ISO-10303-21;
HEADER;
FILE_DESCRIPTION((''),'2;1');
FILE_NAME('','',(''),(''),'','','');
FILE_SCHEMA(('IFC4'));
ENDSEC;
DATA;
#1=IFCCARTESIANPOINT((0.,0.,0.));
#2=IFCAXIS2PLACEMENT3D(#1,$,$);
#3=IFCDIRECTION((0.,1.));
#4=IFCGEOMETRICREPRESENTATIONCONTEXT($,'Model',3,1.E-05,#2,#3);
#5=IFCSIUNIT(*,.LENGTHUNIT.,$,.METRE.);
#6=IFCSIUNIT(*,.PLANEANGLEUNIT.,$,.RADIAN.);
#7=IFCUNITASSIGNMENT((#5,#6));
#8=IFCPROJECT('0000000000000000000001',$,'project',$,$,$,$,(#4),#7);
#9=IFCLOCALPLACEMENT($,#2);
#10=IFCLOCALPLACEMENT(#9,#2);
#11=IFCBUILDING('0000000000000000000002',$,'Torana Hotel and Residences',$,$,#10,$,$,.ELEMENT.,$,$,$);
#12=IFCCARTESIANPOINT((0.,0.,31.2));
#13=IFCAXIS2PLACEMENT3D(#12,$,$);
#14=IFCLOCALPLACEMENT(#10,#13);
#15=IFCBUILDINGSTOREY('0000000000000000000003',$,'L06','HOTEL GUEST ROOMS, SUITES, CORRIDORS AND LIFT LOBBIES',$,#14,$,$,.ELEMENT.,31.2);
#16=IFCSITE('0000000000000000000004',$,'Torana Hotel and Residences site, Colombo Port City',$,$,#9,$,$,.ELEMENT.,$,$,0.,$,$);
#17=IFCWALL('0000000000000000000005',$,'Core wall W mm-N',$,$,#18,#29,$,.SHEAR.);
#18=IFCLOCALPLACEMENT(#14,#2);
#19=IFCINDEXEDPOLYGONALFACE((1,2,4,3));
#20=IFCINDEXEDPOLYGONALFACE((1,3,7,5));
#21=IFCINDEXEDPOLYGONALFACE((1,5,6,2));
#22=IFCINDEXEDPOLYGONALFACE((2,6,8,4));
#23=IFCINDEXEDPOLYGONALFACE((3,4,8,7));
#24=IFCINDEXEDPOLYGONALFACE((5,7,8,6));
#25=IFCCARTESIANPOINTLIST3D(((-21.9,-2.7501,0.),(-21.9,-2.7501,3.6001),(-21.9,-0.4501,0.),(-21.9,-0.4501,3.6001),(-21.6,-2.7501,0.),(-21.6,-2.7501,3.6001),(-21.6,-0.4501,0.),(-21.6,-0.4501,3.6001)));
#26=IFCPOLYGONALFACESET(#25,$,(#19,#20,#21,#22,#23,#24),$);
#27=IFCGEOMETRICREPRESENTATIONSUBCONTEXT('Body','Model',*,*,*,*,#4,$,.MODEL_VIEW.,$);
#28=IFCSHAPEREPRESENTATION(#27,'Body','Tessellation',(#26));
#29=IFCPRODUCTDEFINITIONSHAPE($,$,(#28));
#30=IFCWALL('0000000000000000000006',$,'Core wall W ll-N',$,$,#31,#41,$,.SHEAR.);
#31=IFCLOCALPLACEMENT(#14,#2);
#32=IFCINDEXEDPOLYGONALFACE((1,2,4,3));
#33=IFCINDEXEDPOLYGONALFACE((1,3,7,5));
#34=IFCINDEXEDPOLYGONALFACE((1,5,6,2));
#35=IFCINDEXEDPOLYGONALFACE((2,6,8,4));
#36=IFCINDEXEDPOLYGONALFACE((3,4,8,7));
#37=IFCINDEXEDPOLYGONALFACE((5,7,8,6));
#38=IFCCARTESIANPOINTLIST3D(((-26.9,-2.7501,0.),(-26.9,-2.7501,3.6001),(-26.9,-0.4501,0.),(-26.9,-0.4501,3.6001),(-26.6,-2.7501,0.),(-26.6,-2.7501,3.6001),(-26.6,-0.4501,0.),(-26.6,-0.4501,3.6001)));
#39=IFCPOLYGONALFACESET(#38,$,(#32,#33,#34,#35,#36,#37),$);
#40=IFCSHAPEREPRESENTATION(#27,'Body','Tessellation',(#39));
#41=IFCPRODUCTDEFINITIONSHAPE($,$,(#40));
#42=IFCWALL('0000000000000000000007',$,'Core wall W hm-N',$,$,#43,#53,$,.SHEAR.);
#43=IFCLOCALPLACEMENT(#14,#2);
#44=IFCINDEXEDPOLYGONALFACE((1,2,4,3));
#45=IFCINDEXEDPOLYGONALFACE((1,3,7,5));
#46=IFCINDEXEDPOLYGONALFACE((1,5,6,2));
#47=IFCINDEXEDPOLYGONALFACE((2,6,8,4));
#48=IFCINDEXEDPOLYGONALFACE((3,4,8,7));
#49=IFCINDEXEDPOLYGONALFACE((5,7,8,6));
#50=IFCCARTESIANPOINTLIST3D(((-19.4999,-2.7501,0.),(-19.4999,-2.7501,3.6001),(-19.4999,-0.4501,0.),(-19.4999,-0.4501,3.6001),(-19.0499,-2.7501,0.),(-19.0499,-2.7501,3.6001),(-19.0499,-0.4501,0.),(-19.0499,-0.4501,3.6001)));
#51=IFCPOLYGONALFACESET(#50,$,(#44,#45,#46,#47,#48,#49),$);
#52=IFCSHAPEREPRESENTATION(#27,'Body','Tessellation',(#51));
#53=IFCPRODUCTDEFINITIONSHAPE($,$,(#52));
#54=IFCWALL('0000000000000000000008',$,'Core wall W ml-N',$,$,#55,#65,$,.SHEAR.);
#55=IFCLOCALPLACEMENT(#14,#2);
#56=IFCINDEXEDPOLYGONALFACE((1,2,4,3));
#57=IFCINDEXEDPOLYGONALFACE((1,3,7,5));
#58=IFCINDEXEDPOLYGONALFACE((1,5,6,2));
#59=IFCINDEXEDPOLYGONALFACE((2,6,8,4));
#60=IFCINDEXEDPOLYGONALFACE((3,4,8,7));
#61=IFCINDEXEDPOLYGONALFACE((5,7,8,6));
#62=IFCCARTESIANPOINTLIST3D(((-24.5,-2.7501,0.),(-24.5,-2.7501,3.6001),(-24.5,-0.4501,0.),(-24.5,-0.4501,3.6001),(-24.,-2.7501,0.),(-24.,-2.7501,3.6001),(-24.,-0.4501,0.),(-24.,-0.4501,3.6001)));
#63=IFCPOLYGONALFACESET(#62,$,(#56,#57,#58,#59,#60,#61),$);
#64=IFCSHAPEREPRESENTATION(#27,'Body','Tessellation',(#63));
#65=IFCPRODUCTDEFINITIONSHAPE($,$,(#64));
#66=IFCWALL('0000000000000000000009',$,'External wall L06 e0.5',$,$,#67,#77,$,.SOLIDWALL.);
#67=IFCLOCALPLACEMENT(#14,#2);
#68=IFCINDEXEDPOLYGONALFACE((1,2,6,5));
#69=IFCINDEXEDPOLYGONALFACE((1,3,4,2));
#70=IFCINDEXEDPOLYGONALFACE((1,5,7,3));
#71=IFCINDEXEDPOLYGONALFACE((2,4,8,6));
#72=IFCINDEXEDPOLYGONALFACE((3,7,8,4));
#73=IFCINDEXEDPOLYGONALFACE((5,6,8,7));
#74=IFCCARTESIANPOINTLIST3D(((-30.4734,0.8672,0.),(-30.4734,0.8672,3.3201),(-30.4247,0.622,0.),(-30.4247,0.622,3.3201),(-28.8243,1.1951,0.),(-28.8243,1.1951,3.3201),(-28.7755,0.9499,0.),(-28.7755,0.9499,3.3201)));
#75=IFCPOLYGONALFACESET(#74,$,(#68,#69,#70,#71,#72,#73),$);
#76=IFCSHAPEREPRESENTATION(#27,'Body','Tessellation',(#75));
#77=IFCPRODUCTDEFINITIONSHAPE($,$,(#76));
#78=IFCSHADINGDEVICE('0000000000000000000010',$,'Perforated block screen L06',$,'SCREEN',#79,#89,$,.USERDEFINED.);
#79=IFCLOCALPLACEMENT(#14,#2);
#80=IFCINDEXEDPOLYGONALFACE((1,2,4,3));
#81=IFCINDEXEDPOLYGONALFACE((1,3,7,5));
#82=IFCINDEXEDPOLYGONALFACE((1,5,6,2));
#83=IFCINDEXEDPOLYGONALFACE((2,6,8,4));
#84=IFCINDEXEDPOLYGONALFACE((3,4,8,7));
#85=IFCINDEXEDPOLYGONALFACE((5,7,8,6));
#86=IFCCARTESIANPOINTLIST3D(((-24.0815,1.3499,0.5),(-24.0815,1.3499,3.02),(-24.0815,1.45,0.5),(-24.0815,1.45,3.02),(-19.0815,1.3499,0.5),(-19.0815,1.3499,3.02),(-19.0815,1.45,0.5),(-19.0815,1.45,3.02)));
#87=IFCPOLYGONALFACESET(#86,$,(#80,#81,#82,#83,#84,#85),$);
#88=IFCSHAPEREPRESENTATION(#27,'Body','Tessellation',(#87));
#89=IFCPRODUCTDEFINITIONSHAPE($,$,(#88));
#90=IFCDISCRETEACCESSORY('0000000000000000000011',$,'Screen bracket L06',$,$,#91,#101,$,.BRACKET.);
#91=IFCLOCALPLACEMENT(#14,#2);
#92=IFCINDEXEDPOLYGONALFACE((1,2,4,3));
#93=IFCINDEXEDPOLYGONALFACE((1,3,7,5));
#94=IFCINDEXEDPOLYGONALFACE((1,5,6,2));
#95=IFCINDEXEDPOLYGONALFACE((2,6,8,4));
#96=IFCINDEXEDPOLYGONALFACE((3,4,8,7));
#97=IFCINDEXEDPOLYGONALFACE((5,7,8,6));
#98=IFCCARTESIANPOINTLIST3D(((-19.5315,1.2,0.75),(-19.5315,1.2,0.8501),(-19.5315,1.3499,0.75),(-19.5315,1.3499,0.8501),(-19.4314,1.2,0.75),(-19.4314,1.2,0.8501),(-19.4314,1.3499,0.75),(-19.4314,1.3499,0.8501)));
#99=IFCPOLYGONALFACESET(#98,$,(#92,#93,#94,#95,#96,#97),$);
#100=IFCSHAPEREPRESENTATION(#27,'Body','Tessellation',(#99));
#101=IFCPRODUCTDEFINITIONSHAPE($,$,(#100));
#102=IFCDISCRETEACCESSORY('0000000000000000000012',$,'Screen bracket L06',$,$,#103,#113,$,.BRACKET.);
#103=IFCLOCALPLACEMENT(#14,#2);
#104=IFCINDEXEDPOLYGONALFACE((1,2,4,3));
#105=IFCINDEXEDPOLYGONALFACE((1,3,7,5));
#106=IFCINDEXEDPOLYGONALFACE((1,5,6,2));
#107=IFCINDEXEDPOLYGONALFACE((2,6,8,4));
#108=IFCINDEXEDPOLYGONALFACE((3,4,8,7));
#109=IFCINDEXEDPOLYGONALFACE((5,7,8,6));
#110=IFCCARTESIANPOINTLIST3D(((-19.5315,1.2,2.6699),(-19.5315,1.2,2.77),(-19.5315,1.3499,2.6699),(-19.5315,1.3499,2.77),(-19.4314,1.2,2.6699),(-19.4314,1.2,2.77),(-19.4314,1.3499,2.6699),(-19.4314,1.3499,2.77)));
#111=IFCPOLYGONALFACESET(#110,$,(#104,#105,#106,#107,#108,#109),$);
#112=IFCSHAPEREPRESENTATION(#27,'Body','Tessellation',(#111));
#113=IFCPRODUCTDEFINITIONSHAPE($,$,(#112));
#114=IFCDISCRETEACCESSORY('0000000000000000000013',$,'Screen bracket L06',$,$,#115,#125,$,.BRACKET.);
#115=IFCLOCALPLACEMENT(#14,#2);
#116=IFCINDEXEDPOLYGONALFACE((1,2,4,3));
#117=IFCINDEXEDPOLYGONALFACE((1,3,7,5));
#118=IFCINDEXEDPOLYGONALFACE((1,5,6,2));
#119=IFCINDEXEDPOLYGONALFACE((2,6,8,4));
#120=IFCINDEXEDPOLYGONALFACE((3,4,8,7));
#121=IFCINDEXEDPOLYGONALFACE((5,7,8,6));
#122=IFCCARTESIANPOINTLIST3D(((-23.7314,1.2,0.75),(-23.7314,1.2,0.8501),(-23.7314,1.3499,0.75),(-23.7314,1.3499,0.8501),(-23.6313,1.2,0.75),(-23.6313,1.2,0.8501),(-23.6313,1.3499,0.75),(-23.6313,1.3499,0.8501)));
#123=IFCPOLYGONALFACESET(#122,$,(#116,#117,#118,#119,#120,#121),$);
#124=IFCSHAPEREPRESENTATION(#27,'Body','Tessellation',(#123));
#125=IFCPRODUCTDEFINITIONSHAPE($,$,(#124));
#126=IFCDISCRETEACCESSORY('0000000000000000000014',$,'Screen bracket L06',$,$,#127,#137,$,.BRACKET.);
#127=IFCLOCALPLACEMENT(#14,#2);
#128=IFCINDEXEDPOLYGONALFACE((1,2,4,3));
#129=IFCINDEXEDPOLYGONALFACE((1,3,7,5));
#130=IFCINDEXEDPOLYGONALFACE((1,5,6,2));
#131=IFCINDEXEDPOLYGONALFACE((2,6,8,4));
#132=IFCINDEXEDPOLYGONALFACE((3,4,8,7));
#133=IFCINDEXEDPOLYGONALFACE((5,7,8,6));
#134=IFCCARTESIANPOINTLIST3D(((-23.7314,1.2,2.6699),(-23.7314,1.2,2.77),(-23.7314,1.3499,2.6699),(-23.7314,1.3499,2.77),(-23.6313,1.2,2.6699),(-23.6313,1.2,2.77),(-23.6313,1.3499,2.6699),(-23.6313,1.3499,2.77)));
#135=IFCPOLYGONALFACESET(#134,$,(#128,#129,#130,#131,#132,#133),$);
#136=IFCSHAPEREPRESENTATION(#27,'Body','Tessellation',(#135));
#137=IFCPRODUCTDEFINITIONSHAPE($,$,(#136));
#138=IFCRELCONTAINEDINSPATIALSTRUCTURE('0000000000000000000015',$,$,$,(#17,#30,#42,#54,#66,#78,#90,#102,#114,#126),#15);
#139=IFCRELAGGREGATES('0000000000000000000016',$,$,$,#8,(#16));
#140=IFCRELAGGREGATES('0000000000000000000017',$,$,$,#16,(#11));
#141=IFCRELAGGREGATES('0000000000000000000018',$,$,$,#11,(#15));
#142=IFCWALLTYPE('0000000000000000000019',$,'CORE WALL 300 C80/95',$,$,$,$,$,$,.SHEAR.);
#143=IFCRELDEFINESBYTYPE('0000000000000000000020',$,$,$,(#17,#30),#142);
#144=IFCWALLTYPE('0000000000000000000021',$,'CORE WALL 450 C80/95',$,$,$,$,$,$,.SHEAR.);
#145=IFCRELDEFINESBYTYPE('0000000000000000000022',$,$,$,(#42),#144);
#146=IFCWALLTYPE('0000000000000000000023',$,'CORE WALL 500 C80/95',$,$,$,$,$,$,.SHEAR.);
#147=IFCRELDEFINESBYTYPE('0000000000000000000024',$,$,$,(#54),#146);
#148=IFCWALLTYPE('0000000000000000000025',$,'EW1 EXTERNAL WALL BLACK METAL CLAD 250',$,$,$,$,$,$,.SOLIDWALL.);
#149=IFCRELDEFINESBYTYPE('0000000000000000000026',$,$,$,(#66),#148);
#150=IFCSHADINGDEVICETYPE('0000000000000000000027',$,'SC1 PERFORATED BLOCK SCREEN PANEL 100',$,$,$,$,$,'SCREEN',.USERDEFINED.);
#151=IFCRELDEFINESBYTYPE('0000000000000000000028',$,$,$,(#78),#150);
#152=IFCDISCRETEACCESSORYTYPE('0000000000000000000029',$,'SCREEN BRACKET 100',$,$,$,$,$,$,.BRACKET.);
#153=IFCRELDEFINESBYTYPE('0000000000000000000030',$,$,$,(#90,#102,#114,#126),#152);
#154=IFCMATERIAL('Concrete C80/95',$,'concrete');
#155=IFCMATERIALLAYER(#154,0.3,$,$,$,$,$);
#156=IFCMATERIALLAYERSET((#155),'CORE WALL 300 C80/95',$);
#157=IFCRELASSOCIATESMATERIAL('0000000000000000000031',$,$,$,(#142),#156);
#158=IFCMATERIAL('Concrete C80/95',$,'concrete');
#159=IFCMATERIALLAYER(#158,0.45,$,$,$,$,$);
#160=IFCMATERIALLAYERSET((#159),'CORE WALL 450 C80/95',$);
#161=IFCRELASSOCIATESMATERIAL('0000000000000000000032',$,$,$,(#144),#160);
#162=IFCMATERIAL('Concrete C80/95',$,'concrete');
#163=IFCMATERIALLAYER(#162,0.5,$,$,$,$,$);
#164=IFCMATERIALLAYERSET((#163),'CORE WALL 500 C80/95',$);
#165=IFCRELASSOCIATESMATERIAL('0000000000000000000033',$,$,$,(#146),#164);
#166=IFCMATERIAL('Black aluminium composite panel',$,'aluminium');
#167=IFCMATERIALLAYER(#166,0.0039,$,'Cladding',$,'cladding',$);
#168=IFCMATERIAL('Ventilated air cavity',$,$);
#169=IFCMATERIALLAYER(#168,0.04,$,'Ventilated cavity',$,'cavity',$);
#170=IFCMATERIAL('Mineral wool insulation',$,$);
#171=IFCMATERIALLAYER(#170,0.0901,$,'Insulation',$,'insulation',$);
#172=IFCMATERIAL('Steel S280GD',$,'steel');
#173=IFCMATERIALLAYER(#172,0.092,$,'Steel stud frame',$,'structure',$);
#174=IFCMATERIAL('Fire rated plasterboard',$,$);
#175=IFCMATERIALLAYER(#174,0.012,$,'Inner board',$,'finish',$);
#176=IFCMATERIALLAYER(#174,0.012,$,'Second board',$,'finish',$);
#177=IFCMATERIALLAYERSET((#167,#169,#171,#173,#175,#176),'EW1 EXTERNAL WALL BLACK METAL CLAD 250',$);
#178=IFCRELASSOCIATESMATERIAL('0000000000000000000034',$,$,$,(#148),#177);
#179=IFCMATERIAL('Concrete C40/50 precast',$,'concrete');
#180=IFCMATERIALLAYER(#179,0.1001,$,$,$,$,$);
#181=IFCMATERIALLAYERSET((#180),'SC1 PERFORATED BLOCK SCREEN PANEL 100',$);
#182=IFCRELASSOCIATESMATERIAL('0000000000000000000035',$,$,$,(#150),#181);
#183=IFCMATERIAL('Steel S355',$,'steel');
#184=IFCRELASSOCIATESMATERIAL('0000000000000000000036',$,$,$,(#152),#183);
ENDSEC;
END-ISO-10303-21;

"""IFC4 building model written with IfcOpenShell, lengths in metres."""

from ifc_helpers import new_model, si_unit, direction, frame, frame_2d, origin, origin_2d, place, context, subcontext, project, spatial, rectangle, extrude, material, layer, layer_set, type_object, element, save


model = new_model("IFC4")

# Units and contexts
model_context = context("Model", 3, precision=1e-05, world=origin(), true_north=direction((0.0, 1.0)))
body_context = subcontext(model_context, "Body", "Model", "MODEL_VIEW")
ifc_project = project(units=[si_unit("LENGTHUNIT", "METRE"), si_unit("PLANEANGLEUNIT", "RADIAN")], contexts=[model_context])

# Site, building, storey
site_placement = place(None, origin())
site = spatial("IfcSite", under=ifc_project, at=site_placement, Name="Torana Hotel and Residences site, Colombo Port City", CompositionType="ELEMENT", RefElevation=0.0)
building_placement = place(site_placement, origin())
building = spatial("IfcBuilding", under=site, at=building_placement, Name="Torana Hotel and Residences", CompositionType="ELEMENT")
storey_placement = place(building_placement, frame((0.0, 0.0, 31.2)))
storey = spatial("IfcBuildingStorey", under=building, at=storey_placement, Name="L06", Description="HOTEL GUEST ROOMS, SUITES, CORRIDORS AND LIFT LOBBIES", CompositionType="ELEMENT", Elevation=31.2)

# Walls
ifc_material_1 = material(Name="Concrete C80/95", Category="concrete")
ifc_layer_1 = layer(ifc_material_1, 0.3)
ifc_layer_set_1 = layer_set([ifc_layer_1], Name="CORE WALL 300 C80/95")
wall_type_1 = type_object("IfcWallType", Name="CORE WALL 300 C80/95", PredefinedType="SHEAR", material=ifc_layer_set_1)
for number, where, z_axis, x_axis, name in (
    (1, (-21.75, -2.75, 0.0), (0.0, 0.0, 1.0), (0.0, 1.0, 0.0), "Core wall W mm-N"),
    (2, (-26.75, -2.75, 0.0), (0.0, 0.0, 1.0), (0.0, 1.0, 0.0), "Core wall W ll-N"),
):
    element("IfcWall", number, at=place(storey_placement, frame(where, z_axis=z_axis, x_axis=x_axis)), inside=storey, type_object=wall_type_1, Name=name, PredefinedType="SHEAR", context=body_context, shape_type="SweptSolid", body=[
        extrude(rectangle(XDim=2.3, YDim=0.3, at=frame_2d((1.1499, 0.0))), origin(), (0.0, 0.0, 1.0), 3.6001),
    ])
ifc_material_2 = material(Name="Concrete C80/95", Category="concrete")
ifc_layer_2 = layer(ifc_material_2, 0.45)
ifc_layer_set_2 = layer_set([ifc_layer_2], Name="CORE WALL 450 C80/95")
wall_type_2 = type_object("IfcWallType", Name="CORE WALL 450 C80/95", PredefinedType="SHEAR", material=ifc_layer_set_2)
wall_1_placement = place(storey_placement, frame((-19.2749, -2.75, 0.0), z_axis=(0.0, 0.0, 1.0), x_axis=(0.0, 1.0, 0.0)))
element("IfcWall", 3, at=wall_1_placement, inside=storey, type_object=wall_type_2, Name="Core wall W hm-N", PredefinedType="SHEAR", context=body_context, shape_type="SweptSolid", body=[
    extrude(rectangle(XDim=2.3, YDim=0.45, at=frame_2d((1.1499, 0.0))), origin(), (0.0, 0.0, 1.0), 3.6001),
])
ifc_material_3 = material(Name="Concrete C80/95", Category="concrete")
ifc_layer_3 = layer(ifc_material_3, 0.5)
ifc_layer_set_3 = layer_set([ifc_layer_3], Name="CORE WALL 500 C80/95")
wall_type_3 = type_object("IfcWallType", Name="CORE WALL 500 C80/95", PredefinedType="SHEAR", material=ifc_layer_set_3)
wall_2_placement = place(storey_placement, frame((-24.25, -2.75, 0.0), z_axis=(0.0, 0.0, 1.0), x_axis=(0.0, 1.0, 0.0)))
element("IfcWall", 4, at=wall_2_placement, inside=storey, type_object=wall_type_3, Name="Core wall W ml-N", PredefinedType="SHEAR", context=body_context, shape_type="SweptSolid", body=[
    extrude(rectangle(XDim=2.3, YDim=0.5, at=frame_2d((1.1499, 0.0))), origin(), (0.0, 0.0, 1.0), 3.6001),
])
ifc_material_4 = material(Name="Black aluminium composite panel", Category="aluminium")
ifc_layer_4 = layer(ifc_material_4, 0.0039, Name="Cladding", Category="cladding")
ifc_material_5 = material(Name="Ventilated air cavity")
ifc_layer_5 = layer(ifc_material_5, 0.04, Name="Ventilated cavity", Category="cavity")
ifc_material_6 = material(Name="Mineral wool insulation")
ifc_layer_6 = layer(ifc_material_6, 0.0901, Name="Insulation", Category="insulation")
ifc_material_7 = material(Name="Steel S280GD", Category="steel")
ifc_layer_7 = layer(ifc_material_7, 0.092, Name="Steel stud frame", Category="structure")
ifc_material_8 = material(Name="Fire rated plasterboard")
ifc_layer_8 = layer(ifc_material_8, 0.012, Name="Inner board", Category="finish")
ifc_layer_9 = layer(ifc_material_8, 0.012, Name="Second board", Category="finish")
ifc_layer_set_4 = layer_set([ifc_layer_4, ifc_layer_5, ifc_layer_6, ifc_layer_7, ifc_layer_8, ifc_layer_9], Name="EW1 EXTERNAL WALL BLACK METAL CLAD 250")
wall_type_4 = type_object("IfcWallType", Name="EW1 EXTERNAL WALL BLACK METAL CLAD 250", PredefinedType="SOLIDWALL", material=ifc_layer_set_4)
wall_3_placement = place(storey_placement, frame((-28.7998, 1.0725, 0.0), z_axis=(0.0, 0.0, 1.0), x_axis=(-0.980803, -0.194999, 0.0)))
element("IfcWall", 5, at=wall_3_placement, inside=storey, type_object=wall_type_4, Name="External wall L06 e0.5", PredefinedType="SOLIDWALL", context=body_context, shape_type="SweptSolid", body=[
    extrude(rectangle(XDim=1.6814, YDim=0.25, at=frame_2d((0.8408, 0.0))), origin(), (0.0, 0.0, 1.0), 3.3201),
])

# Shading device
ifc_material_9 = material(Name="Concrete C40/50 precast", Category="concrete")
ifc_layer_10 = layer(ifc_material_9, 0.1001)
ifc_layer_set_5 = layer_set([ifc_layer_10], Name="SC1 PERFORATED BLOCK SCREEN PANEL 100")
shading_device_type = type_object("IfcShadingDeviceType", Name="SC1 PERFORATED BLOCK SCREEN PANEL 100", ElementType="SCREEN", PredefinedType="USERDEFINED", material=ifc_layer_set_5)
shading_device_placement = place(storey_placement, frame((-21.5815, 1.3999, 0.5), z_axis=(0.0, 0.0, 1.0), x_axis=(-1.0, 0.0, 0.0)))
element("IfcShadingDevice", 6, at=shading_device_placement, inside=storey, type_object=shading_device_type, Name="Perforated block screen L06", ObjectType="SCREEN", PredefinedType="USERDEFINED", context=body_context, shape_type="SweptSolid", body=[
    extrude(rectangle(XDim=5.0, YDim=0.1001, at=origin_2d()), origin(), (0.0, 0.0, 1.0), 2.52),
])

# Discrete accessories
ifc_material_10 = material(Name="Steel S355", Category="steel")
discrete_accessory_type = type_object("IfcDiscreteAccessoryType", Name="SCREEN BRACKET 100", PredefinedType="BRACKET", material=ifc_material_10)
for number, where, z_axis, x_axis, name in (
    (7, (-19.4814, 1.2749, 0.75), (0.0, 0.0, 1.0), (-1.0, 0.0, 0.0), "Screen bracket L06"),
    (8, (-19.4814, 1.2749, 2.6699), (0.0, 0.0, 1.0), (-1.0, 0.0, 0.0), "Screen bracket L06"),
    (9, (-23.6814, 1.2749, 0.75), (0.0, 0.0, 1.0), (-1.0, 0.0, 0.0), "Screen bracket L06"),
    (10, (-23.6814, 1.2749, 2.6699), (0.0, 0.0, 1.0), (-1.0, 0.0, 0.0), "Screen bracket L06"),
):
    element("IfcDiscreteAccessory", number, at=place(storey_placement, frame(where, z_axis=z_axis, x_axis=x_axis)), inside=storey, type_object=discrete_accessory_type, Name=name, PredefinedType="BRACKET", context=body_context, shape_type="SweptSolid", body=[
        extrude(rectangle(XDim=0.1001, YDim=0.1499, at=origin_2d()), origin(), (0.0, 0.0, 1.0), 0.1001),
    ])

save(model, "model.ifc")
